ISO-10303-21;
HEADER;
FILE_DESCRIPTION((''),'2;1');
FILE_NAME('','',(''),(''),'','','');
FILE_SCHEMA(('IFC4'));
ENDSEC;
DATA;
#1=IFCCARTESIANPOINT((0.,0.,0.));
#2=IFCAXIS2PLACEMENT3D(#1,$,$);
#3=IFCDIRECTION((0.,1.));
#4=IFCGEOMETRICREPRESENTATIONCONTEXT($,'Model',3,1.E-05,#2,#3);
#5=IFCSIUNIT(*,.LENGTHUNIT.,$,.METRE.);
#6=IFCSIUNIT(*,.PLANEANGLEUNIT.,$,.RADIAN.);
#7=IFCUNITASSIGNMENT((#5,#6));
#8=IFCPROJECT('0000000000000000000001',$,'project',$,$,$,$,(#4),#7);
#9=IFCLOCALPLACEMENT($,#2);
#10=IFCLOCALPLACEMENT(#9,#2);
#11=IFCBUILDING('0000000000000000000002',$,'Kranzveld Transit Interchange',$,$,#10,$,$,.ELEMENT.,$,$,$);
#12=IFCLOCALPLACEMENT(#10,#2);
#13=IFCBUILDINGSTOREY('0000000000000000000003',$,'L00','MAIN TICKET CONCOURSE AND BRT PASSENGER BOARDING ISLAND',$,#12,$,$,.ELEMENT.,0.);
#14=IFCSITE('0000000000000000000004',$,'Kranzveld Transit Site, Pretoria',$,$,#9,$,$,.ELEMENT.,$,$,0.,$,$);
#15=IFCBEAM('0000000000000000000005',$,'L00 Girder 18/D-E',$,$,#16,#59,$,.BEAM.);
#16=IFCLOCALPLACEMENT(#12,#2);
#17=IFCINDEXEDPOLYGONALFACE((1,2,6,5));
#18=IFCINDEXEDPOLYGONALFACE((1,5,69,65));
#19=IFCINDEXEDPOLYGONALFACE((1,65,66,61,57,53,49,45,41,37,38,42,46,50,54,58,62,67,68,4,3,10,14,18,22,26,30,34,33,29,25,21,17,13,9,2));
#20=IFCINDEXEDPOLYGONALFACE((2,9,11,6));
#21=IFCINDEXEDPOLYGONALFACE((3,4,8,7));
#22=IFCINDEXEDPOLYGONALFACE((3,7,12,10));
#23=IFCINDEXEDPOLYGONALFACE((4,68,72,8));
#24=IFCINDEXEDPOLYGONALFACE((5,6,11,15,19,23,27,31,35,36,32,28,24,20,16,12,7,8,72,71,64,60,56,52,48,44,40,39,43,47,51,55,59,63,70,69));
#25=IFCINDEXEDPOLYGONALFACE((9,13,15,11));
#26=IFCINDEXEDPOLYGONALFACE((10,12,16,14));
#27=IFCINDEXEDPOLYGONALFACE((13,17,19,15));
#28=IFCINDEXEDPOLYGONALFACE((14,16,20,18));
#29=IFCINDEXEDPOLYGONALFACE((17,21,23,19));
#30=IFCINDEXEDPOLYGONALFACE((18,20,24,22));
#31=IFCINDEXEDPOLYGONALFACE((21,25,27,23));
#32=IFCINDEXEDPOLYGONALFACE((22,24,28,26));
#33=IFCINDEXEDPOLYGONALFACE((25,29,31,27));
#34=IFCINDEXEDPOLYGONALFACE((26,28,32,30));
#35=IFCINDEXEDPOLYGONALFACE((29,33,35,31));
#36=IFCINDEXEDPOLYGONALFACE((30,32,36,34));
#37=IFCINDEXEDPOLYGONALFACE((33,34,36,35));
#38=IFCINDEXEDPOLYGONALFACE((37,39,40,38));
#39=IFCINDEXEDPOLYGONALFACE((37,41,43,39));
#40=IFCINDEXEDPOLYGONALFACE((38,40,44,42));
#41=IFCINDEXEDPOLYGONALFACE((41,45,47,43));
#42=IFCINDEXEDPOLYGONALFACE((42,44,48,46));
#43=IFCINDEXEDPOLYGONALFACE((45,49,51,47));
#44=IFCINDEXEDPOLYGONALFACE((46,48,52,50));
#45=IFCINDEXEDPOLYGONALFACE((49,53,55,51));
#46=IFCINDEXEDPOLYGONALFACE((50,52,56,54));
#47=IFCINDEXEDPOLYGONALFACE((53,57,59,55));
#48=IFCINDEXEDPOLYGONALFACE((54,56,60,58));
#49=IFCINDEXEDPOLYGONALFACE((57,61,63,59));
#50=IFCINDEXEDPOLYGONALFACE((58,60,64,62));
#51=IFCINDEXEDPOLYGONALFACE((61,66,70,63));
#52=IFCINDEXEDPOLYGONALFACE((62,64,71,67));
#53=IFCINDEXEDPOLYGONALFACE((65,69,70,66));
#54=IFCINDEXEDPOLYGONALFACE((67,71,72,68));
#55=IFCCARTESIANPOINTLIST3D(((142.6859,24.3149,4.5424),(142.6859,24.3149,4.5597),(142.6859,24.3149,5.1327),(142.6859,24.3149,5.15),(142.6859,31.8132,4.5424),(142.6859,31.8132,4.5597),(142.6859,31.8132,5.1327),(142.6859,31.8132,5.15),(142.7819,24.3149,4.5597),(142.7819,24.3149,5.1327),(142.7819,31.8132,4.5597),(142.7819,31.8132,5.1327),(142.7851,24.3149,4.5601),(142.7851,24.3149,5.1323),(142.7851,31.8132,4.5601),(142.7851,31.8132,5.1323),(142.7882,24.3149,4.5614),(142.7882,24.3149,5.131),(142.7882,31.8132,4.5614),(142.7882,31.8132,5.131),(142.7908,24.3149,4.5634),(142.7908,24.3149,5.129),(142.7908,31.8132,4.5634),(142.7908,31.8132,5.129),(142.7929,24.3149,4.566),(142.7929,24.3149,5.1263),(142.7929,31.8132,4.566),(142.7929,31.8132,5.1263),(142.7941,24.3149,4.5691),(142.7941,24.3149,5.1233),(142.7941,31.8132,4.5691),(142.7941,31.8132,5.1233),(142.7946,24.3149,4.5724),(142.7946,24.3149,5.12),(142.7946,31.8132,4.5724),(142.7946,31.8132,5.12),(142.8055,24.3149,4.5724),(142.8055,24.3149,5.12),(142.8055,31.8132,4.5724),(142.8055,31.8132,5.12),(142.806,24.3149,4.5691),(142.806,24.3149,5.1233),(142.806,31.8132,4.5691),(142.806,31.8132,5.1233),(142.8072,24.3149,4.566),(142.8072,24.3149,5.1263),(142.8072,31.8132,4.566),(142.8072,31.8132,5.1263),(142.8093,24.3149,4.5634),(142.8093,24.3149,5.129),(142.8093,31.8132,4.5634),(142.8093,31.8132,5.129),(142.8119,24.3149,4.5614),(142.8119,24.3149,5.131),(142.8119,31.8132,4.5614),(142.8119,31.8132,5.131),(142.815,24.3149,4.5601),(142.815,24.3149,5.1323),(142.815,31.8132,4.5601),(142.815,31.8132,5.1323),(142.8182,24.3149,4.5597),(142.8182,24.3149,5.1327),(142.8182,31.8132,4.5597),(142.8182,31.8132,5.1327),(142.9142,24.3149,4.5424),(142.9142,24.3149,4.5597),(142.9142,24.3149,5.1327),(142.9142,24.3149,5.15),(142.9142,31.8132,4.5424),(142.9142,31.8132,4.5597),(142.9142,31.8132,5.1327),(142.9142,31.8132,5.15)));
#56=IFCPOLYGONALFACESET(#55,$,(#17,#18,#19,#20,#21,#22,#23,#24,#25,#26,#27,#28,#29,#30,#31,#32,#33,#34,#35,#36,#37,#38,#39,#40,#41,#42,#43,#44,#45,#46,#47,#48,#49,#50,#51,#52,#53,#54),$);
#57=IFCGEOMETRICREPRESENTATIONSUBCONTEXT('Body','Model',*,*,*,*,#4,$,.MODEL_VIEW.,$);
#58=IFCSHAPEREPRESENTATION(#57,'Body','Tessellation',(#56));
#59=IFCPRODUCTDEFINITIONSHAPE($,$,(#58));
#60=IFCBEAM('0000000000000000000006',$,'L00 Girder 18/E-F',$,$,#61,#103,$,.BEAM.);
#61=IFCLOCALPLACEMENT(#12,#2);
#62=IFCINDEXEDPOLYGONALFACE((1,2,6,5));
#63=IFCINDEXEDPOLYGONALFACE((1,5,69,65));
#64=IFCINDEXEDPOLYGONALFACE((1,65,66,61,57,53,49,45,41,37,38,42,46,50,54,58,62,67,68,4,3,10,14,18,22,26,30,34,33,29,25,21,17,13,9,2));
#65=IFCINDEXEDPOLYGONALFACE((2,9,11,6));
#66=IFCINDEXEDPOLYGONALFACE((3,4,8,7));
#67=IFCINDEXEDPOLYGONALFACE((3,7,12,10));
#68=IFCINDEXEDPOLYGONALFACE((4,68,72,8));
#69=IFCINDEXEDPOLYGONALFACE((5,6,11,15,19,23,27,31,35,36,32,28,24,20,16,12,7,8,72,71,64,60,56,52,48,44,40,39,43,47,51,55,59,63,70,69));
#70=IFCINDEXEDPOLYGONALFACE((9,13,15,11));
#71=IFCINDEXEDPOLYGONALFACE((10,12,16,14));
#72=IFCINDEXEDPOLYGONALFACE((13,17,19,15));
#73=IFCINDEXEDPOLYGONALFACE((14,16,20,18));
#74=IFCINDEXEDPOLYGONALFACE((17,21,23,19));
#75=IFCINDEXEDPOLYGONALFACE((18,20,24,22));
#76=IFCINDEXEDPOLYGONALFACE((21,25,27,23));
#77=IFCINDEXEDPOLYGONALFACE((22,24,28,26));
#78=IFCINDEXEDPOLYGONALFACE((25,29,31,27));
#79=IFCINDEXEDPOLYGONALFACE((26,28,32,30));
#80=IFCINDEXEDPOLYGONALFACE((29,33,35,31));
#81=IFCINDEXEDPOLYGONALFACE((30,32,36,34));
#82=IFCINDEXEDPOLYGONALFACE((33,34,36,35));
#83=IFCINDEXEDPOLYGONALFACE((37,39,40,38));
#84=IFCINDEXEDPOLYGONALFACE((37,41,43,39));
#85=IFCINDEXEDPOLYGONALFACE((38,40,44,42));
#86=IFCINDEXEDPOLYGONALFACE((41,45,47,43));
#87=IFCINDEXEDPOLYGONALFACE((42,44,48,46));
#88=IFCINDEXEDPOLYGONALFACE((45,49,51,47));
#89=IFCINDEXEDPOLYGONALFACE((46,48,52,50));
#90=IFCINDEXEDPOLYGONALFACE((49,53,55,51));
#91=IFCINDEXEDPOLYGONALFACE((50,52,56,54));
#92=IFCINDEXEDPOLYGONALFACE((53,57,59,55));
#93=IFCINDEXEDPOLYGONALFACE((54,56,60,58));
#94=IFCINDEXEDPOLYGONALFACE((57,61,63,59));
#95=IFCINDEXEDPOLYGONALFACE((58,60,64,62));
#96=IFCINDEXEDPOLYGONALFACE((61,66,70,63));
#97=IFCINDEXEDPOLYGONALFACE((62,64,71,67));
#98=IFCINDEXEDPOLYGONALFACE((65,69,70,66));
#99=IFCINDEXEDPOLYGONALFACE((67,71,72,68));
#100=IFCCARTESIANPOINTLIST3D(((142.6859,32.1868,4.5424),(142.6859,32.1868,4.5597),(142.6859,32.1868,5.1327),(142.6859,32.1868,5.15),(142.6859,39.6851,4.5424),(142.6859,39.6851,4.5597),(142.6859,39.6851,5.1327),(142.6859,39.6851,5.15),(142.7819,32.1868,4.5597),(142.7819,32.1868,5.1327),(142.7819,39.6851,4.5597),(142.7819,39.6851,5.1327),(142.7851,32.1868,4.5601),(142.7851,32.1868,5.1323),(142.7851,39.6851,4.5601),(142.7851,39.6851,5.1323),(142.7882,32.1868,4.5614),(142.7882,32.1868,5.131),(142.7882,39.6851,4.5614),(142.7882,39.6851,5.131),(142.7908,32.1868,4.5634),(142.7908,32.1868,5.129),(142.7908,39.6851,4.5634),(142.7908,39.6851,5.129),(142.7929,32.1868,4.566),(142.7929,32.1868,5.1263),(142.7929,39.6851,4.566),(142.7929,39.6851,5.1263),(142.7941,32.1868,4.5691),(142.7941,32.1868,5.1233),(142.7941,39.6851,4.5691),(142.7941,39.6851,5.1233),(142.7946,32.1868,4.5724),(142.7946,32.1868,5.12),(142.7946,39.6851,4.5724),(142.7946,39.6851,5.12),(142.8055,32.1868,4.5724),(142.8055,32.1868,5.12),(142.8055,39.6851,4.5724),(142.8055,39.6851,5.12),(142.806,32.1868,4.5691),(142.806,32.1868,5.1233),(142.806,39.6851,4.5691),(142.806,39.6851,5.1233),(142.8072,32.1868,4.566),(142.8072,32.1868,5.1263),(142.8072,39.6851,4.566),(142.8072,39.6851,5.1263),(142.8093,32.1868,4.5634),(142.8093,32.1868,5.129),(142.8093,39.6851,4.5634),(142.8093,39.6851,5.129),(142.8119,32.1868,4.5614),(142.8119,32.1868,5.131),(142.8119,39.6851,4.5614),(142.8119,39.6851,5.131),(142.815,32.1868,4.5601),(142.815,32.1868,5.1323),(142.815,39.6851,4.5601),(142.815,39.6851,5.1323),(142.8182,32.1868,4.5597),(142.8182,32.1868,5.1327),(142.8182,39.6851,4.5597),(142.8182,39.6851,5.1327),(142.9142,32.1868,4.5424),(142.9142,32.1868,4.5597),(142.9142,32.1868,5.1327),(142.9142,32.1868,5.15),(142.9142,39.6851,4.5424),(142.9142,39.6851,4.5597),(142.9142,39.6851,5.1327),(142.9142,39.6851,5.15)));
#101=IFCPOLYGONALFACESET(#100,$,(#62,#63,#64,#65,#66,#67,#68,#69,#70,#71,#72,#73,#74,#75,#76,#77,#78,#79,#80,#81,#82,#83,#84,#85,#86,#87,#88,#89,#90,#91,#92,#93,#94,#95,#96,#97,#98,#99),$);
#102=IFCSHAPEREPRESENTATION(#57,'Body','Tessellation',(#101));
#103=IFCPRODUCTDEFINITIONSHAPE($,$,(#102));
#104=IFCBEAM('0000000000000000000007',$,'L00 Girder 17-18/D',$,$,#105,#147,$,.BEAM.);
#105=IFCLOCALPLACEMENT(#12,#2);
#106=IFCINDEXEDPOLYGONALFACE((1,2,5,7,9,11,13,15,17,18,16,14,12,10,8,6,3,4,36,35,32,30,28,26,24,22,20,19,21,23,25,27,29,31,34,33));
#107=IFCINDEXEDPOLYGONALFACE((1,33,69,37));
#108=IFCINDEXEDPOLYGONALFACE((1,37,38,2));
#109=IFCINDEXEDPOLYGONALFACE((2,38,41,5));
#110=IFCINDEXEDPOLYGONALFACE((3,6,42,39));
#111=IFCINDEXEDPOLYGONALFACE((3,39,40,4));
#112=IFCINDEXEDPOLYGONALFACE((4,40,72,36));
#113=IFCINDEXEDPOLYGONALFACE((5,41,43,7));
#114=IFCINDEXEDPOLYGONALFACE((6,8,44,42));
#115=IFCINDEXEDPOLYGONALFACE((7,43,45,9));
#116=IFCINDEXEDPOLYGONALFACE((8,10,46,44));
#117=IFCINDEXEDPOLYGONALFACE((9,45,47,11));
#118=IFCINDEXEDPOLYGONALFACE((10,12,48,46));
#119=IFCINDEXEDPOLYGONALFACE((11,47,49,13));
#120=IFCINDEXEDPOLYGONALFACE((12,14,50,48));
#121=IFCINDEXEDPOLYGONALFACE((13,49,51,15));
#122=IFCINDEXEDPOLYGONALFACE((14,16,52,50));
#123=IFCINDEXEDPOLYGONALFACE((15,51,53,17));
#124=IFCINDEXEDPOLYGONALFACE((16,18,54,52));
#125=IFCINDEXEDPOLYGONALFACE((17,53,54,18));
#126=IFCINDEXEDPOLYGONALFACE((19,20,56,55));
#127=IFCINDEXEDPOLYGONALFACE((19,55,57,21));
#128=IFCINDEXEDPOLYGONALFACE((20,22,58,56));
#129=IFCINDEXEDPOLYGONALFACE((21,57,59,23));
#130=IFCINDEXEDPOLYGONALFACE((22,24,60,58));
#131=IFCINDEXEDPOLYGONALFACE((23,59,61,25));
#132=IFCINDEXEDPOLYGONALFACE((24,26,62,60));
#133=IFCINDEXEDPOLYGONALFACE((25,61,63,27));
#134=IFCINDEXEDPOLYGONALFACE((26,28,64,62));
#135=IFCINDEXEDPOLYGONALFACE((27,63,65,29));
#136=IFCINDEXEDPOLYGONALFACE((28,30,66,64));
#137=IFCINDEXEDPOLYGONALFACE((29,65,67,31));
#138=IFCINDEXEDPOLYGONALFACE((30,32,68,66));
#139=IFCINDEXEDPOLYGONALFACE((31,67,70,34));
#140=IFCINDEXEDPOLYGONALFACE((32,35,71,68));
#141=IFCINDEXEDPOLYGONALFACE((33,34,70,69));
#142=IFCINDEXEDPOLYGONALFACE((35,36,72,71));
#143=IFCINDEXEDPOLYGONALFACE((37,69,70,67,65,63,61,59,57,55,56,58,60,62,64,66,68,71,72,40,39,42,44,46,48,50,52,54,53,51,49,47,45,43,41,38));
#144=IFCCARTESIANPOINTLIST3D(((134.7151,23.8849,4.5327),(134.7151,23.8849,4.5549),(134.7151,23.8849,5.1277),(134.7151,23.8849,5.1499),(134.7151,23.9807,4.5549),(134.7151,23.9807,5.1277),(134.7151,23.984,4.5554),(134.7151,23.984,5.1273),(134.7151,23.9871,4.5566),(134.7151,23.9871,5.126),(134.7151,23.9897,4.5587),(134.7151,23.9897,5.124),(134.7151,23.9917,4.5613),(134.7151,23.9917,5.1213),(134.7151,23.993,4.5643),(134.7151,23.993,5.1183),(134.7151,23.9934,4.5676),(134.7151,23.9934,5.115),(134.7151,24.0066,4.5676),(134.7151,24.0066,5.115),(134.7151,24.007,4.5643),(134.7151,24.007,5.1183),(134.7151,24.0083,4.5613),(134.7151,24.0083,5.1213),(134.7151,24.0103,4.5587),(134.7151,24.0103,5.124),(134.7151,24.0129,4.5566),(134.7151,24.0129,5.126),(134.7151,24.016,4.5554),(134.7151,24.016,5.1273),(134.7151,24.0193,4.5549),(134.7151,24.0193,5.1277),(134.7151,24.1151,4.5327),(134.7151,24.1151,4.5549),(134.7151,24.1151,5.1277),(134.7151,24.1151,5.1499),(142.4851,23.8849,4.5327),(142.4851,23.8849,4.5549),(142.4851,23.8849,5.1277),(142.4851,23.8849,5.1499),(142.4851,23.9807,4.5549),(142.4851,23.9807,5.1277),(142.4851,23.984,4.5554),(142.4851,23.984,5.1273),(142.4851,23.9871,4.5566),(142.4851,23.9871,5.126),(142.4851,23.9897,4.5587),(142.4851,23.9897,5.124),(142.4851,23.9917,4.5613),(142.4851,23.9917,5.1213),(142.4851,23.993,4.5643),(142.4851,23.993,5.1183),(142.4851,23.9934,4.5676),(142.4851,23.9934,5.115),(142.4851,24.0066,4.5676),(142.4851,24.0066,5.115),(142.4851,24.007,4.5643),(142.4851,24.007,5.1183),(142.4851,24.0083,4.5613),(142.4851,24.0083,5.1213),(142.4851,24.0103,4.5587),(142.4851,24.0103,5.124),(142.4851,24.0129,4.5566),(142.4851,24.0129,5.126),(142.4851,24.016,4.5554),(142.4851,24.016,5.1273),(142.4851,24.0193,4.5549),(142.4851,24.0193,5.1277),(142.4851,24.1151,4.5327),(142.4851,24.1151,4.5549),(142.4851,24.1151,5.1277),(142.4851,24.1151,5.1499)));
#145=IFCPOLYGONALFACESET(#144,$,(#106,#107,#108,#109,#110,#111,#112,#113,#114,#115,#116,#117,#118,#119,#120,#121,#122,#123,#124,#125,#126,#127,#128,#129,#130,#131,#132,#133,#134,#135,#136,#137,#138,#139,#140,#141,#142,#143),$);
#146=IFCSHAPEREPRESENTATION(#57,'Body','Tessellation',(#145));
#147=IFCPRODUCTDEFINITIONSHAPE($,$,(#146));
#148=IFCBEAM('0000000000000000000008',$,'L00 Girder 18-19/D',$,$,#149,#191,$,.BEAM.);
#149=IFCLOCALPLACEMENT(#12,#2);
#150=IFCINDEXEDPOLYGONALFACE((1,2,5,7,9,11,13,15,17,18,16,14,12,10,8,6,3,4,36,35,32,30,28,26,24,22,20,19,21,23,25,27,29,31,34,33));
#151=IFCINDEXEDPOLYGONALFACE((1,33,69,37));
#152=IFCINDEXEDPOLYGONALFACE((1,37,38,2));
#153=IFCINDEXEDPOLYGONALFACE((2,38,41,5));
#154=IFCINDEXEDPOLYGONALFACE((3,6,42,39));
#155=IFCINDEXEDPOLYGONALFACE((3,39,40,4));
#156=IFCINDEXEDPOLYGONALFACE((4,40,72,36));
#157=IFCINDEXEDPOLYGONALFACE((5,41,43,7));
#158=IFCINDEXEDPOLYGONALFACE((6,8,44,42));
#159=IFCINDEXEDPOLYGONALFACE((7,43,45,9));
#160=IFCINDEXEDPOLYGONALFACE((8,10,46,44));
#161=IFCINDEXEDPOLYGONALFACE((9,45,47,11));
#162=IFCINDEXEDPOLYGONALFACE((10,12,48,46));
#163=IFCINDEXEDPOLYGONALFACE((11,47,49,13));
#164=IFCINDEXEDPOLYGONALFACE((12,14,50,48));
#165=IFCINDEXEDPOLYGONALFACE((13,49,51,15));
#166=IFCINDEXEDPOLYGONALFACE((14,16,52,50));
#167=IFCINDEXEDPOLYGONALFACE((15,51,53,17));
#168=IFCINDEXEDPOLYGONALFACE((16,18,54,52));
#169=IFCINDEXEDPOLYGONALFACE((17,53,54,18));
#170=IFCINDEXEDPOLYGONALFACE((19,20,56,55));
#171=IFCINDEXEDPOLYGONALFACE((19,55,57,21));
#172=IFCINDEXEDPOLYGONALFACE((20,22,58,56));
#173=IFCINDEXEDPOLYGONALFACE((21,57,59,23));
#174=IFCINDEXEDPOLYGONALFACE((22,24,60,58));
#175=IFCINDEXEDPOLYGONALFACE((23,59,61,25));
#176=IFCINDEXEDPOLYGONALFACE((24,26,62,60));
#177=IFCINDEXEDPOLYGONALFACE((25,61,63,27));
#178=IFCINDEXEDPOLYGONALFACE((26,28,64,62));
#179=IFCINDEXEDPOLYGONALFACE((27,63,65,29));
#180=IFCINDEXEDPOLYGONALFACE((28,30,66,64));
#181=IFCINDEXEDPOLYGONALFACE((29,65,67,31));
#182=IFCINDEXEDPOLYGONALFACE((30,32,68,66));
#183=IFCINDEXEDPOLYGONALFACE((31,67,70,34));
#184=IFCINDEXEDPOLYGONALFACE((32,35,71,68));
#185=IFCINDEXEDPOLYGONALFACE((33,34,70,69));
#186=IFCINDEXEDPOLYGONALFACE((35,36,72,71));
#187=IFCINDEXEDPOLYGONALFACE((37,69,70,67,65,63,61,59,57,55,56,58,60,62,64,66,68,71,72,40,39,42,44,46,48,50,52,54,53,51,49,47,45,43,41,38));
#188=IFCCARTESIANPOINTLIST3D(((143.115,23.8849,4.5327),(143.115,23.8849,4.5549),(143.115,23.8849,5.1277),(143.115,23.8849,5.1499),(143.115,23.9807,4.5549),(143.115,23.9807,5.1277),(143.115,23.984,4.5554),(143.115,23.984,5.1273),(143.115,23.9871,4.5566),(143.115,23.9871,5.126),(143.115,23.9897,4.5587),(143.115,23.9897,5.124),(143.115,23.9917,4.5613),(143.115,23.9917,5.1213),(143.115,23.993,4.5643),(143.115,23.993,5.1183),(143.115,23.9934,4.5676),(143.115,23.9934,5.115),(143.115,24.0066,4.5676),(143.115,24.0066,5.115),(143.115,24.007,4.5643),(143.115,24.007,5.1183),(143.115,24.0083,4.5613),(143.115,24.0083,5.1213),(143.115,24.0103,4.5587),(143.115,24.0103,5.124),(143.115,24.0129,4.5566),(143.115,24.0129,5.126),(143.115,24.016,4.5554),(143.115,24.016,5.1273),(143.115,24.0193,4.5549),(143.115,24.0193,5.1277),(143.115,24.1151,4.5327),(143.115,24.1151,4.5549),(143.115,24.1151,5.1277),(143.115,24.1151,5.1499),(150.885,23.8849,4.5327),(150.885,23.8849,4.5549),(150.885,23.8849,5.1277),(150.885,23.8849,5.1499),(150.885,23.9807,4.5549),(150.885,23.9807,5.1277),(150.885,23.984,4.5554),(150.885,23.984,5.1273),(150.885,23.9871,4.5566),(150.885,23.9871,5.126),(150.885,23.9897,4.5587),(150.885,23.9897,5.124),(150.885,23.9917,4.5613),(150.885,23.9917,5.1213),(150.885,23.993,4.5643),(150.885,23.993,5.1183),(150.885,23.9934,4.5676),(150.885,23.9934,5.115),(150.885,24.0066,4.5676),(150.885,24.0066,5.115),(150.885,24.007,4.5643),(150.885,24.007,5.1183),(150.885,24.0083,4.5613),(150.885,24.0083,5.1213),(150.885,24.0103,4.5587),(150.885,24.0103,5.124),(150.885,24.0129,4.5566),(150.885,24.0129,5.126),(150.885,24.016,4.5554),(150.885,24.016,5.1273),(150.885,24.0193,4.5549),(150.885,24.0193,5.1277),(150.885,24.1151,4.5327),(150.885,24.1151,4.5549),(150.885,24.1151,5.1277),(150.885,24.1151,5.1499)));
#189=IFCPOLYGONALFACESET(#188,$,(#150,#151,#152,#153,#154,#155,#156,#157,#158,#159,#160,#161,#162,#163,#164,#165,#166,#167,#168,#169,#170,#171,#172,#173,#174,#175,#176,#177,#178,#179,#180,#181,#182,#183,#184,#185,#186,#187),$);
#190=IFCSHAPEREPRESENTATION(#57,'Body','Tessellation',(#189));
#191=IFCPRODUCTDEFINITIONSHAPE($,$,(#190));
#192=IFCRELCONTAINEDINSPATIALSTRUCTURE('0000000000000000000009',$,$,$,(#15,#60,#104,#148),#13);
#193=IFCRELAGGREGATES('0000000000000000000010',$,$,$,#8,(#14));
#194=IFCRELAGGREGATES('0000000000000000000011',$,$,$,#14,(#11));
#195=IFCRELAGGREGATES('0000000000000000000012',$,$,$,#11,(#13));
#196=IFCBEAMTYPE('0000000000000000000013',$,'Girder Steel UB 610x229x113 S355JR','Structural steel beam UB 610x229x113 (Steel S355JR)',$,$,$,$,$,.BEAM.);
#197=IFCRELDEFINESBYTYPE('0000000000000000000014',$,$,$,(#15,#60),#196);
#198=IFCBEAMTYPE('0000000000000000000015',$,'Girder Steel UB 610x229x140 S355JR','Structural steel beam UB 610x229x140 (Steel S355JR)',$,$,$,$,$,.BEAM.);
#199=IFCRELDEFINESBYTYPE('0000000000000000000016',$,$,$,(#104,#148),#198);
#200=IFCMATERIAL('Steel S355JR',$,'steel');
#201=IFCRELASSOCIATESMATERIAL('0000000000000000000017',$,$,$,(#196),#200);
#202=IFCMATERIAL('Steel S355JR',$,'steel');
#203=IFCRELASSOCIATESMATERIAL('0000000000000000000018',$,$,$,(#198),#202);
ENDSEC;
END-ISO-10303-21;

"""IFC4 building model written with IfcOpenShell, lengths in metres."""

from ifc_helpers import new_model, si_unit, direction, frame, origin, origin_2d, place, context, subcontext, project, spatial, i_section, extrude, material, material_profile, profile_set, type_object, element, save


model = new_model("IFC4")

# Units and contexts
model_context = context("Model", 3, precision=1e-05, world=origin(), true_north=direction((0.0, 1.0)))
body_context = subcontext(model_context, "Body", "Model", "MODEL_VIEW")
ifc_project = project(units=[si_unit("LENGTHUNIT", "METRE"), si_unit("PLANEANGLEUNIT", "RADIAN")], contexts=[model_context])

# Site, building, storey
site_placement = place(None, origin())
site = spatial("IfcSite", under=ifc_project, at=site_placement, Name="Kranzveld Transit Site, Pretoria", CompositionType="ELEMENT", RefElevation=0.0)
building_placement = place(site_placement, origin())
building = spatial("IfcBuilding", under=site, at=building_placement, Name="Kranzveld Transit Interchange", CompositionType="ELEMENT")
storey_placement = place(building_placement, origin())
storey = spatial("IfcBuildingStorey", under=building, at=storey_placement, Name="L00", Description="MAIN TICKET CONCOURSE AND BRT PASSENGER BOARDING ISLAND", CompositionType="ELEMENT", Elevation=0.0)

# Beams
ifc_material_1 = material(Name="Steel S355JR", Category="steel")
ifc_material_profile_1 = material_profile(ifc_material_1, i_section(OverallWidth=0.2283, OverallDepth=0.6077, WebThickness=0.011, FlangeThickness=0.0173, FilletRadius=0.0127, at=origin_2d()), Name="UB 610x229x113")
ifc_profile_set_1 = profile_set([ifc_material_profile_1], Name="Steel S355JR")
beam_type_1 = type_object("IfcBeamType", Name="Girder Steel UB 610x229x113 S355JR", Description="Structural steel beam UB 610x229x113 (Steel S355JR)", PredefinedType="BEAM", material=ifc_profile_set_1)
for number, where, z_axis, x_axis, name in (
    (1, (142.8, 24.3149, 4.8462), (0.0, 1.0, 0.0), (-1.0, 0.0, 0.0), "L00 Girder 18/D-E"),
    (2, (142.8, 32.1868, 4.8462), (0.0, 1.0, 0.0), (-1.0, 0.0, 0.0), "L00 Girder 18/E-F"),
):
    element("IfcBeam", number, at=place(storey_placement, frame(where, z_axis=z_axis, x_axis=x_axis)), inside=storey, type_object=beam_type_1, Name=name, PredefinedType="BEAM", context=body_context, shape_type="SweptSolid", body=[
        extrude(i_section(OverallWidth=0.2283, OverallDepth=0.6077, WebThickness=0.011, FlangeThickness=0.0173, FilletRadius=0.0127, at=origin_2d()), origin(), (0.0, 0.0, 1.0), 7.4983),
    ])
ifc_material_2 = material(Name="Steel S355JR", Category="steel")
ifc_material_profile_2 = material_profile(ifc_material_2, i_section(OverallWidth=0.2302, OverallDepth=0.6172, WebThickness=0.0132, FlangeThickness=0.0222, FilletRadius=0.0127, at=origin_2d()), Name="UB 610x229x140")
ifc_profile_set_2 = profile_set([ifc_material_profile_2], Name="Steel S355JR")
beam_type_2 = type_object("IfcBeamType", Name="Girder Steel UB 610x229x140 S355JR", Description="Structural steel beam UB 610x229x140 (Steel S355JR)", PredefinedType="BEAM", material=ifc_profile_set_2)
for number, where, z_axis, x_axis, name in (
    (3, (134.7151, 24.0, 4.8413), (1.0, 0.0, 0.0), (0.0, 1.0, 0.0), "L00 Girder 17-18/D"),
    (4, (143.115, 24.0, 4.8413), (1.0, 0.0, 0.0), (0.0, 1.0, 0.0), "L00 Girder 18-19/D"),
):
    element("IfcBeam", number, at=place(storey_placement, frame(where, z_axis=z_axis, x_axis=x_axis)), inside=storey, type_object=beam_type_2, Name=name, PredefinedType="BEAM", context=body_context, shape_type="SweptSolid", body=[
        extrude(i_section(OverallWidth=0.2302, OverallDepth=0.6172, WebThickness=0.0132, FlangeThickness=0.0222, FilletRadius=0.0127, at=origin_2d()), origin(), (0.0, 0.0, 1.0), 7.77),
    ])

save(model, "model.ifc")
